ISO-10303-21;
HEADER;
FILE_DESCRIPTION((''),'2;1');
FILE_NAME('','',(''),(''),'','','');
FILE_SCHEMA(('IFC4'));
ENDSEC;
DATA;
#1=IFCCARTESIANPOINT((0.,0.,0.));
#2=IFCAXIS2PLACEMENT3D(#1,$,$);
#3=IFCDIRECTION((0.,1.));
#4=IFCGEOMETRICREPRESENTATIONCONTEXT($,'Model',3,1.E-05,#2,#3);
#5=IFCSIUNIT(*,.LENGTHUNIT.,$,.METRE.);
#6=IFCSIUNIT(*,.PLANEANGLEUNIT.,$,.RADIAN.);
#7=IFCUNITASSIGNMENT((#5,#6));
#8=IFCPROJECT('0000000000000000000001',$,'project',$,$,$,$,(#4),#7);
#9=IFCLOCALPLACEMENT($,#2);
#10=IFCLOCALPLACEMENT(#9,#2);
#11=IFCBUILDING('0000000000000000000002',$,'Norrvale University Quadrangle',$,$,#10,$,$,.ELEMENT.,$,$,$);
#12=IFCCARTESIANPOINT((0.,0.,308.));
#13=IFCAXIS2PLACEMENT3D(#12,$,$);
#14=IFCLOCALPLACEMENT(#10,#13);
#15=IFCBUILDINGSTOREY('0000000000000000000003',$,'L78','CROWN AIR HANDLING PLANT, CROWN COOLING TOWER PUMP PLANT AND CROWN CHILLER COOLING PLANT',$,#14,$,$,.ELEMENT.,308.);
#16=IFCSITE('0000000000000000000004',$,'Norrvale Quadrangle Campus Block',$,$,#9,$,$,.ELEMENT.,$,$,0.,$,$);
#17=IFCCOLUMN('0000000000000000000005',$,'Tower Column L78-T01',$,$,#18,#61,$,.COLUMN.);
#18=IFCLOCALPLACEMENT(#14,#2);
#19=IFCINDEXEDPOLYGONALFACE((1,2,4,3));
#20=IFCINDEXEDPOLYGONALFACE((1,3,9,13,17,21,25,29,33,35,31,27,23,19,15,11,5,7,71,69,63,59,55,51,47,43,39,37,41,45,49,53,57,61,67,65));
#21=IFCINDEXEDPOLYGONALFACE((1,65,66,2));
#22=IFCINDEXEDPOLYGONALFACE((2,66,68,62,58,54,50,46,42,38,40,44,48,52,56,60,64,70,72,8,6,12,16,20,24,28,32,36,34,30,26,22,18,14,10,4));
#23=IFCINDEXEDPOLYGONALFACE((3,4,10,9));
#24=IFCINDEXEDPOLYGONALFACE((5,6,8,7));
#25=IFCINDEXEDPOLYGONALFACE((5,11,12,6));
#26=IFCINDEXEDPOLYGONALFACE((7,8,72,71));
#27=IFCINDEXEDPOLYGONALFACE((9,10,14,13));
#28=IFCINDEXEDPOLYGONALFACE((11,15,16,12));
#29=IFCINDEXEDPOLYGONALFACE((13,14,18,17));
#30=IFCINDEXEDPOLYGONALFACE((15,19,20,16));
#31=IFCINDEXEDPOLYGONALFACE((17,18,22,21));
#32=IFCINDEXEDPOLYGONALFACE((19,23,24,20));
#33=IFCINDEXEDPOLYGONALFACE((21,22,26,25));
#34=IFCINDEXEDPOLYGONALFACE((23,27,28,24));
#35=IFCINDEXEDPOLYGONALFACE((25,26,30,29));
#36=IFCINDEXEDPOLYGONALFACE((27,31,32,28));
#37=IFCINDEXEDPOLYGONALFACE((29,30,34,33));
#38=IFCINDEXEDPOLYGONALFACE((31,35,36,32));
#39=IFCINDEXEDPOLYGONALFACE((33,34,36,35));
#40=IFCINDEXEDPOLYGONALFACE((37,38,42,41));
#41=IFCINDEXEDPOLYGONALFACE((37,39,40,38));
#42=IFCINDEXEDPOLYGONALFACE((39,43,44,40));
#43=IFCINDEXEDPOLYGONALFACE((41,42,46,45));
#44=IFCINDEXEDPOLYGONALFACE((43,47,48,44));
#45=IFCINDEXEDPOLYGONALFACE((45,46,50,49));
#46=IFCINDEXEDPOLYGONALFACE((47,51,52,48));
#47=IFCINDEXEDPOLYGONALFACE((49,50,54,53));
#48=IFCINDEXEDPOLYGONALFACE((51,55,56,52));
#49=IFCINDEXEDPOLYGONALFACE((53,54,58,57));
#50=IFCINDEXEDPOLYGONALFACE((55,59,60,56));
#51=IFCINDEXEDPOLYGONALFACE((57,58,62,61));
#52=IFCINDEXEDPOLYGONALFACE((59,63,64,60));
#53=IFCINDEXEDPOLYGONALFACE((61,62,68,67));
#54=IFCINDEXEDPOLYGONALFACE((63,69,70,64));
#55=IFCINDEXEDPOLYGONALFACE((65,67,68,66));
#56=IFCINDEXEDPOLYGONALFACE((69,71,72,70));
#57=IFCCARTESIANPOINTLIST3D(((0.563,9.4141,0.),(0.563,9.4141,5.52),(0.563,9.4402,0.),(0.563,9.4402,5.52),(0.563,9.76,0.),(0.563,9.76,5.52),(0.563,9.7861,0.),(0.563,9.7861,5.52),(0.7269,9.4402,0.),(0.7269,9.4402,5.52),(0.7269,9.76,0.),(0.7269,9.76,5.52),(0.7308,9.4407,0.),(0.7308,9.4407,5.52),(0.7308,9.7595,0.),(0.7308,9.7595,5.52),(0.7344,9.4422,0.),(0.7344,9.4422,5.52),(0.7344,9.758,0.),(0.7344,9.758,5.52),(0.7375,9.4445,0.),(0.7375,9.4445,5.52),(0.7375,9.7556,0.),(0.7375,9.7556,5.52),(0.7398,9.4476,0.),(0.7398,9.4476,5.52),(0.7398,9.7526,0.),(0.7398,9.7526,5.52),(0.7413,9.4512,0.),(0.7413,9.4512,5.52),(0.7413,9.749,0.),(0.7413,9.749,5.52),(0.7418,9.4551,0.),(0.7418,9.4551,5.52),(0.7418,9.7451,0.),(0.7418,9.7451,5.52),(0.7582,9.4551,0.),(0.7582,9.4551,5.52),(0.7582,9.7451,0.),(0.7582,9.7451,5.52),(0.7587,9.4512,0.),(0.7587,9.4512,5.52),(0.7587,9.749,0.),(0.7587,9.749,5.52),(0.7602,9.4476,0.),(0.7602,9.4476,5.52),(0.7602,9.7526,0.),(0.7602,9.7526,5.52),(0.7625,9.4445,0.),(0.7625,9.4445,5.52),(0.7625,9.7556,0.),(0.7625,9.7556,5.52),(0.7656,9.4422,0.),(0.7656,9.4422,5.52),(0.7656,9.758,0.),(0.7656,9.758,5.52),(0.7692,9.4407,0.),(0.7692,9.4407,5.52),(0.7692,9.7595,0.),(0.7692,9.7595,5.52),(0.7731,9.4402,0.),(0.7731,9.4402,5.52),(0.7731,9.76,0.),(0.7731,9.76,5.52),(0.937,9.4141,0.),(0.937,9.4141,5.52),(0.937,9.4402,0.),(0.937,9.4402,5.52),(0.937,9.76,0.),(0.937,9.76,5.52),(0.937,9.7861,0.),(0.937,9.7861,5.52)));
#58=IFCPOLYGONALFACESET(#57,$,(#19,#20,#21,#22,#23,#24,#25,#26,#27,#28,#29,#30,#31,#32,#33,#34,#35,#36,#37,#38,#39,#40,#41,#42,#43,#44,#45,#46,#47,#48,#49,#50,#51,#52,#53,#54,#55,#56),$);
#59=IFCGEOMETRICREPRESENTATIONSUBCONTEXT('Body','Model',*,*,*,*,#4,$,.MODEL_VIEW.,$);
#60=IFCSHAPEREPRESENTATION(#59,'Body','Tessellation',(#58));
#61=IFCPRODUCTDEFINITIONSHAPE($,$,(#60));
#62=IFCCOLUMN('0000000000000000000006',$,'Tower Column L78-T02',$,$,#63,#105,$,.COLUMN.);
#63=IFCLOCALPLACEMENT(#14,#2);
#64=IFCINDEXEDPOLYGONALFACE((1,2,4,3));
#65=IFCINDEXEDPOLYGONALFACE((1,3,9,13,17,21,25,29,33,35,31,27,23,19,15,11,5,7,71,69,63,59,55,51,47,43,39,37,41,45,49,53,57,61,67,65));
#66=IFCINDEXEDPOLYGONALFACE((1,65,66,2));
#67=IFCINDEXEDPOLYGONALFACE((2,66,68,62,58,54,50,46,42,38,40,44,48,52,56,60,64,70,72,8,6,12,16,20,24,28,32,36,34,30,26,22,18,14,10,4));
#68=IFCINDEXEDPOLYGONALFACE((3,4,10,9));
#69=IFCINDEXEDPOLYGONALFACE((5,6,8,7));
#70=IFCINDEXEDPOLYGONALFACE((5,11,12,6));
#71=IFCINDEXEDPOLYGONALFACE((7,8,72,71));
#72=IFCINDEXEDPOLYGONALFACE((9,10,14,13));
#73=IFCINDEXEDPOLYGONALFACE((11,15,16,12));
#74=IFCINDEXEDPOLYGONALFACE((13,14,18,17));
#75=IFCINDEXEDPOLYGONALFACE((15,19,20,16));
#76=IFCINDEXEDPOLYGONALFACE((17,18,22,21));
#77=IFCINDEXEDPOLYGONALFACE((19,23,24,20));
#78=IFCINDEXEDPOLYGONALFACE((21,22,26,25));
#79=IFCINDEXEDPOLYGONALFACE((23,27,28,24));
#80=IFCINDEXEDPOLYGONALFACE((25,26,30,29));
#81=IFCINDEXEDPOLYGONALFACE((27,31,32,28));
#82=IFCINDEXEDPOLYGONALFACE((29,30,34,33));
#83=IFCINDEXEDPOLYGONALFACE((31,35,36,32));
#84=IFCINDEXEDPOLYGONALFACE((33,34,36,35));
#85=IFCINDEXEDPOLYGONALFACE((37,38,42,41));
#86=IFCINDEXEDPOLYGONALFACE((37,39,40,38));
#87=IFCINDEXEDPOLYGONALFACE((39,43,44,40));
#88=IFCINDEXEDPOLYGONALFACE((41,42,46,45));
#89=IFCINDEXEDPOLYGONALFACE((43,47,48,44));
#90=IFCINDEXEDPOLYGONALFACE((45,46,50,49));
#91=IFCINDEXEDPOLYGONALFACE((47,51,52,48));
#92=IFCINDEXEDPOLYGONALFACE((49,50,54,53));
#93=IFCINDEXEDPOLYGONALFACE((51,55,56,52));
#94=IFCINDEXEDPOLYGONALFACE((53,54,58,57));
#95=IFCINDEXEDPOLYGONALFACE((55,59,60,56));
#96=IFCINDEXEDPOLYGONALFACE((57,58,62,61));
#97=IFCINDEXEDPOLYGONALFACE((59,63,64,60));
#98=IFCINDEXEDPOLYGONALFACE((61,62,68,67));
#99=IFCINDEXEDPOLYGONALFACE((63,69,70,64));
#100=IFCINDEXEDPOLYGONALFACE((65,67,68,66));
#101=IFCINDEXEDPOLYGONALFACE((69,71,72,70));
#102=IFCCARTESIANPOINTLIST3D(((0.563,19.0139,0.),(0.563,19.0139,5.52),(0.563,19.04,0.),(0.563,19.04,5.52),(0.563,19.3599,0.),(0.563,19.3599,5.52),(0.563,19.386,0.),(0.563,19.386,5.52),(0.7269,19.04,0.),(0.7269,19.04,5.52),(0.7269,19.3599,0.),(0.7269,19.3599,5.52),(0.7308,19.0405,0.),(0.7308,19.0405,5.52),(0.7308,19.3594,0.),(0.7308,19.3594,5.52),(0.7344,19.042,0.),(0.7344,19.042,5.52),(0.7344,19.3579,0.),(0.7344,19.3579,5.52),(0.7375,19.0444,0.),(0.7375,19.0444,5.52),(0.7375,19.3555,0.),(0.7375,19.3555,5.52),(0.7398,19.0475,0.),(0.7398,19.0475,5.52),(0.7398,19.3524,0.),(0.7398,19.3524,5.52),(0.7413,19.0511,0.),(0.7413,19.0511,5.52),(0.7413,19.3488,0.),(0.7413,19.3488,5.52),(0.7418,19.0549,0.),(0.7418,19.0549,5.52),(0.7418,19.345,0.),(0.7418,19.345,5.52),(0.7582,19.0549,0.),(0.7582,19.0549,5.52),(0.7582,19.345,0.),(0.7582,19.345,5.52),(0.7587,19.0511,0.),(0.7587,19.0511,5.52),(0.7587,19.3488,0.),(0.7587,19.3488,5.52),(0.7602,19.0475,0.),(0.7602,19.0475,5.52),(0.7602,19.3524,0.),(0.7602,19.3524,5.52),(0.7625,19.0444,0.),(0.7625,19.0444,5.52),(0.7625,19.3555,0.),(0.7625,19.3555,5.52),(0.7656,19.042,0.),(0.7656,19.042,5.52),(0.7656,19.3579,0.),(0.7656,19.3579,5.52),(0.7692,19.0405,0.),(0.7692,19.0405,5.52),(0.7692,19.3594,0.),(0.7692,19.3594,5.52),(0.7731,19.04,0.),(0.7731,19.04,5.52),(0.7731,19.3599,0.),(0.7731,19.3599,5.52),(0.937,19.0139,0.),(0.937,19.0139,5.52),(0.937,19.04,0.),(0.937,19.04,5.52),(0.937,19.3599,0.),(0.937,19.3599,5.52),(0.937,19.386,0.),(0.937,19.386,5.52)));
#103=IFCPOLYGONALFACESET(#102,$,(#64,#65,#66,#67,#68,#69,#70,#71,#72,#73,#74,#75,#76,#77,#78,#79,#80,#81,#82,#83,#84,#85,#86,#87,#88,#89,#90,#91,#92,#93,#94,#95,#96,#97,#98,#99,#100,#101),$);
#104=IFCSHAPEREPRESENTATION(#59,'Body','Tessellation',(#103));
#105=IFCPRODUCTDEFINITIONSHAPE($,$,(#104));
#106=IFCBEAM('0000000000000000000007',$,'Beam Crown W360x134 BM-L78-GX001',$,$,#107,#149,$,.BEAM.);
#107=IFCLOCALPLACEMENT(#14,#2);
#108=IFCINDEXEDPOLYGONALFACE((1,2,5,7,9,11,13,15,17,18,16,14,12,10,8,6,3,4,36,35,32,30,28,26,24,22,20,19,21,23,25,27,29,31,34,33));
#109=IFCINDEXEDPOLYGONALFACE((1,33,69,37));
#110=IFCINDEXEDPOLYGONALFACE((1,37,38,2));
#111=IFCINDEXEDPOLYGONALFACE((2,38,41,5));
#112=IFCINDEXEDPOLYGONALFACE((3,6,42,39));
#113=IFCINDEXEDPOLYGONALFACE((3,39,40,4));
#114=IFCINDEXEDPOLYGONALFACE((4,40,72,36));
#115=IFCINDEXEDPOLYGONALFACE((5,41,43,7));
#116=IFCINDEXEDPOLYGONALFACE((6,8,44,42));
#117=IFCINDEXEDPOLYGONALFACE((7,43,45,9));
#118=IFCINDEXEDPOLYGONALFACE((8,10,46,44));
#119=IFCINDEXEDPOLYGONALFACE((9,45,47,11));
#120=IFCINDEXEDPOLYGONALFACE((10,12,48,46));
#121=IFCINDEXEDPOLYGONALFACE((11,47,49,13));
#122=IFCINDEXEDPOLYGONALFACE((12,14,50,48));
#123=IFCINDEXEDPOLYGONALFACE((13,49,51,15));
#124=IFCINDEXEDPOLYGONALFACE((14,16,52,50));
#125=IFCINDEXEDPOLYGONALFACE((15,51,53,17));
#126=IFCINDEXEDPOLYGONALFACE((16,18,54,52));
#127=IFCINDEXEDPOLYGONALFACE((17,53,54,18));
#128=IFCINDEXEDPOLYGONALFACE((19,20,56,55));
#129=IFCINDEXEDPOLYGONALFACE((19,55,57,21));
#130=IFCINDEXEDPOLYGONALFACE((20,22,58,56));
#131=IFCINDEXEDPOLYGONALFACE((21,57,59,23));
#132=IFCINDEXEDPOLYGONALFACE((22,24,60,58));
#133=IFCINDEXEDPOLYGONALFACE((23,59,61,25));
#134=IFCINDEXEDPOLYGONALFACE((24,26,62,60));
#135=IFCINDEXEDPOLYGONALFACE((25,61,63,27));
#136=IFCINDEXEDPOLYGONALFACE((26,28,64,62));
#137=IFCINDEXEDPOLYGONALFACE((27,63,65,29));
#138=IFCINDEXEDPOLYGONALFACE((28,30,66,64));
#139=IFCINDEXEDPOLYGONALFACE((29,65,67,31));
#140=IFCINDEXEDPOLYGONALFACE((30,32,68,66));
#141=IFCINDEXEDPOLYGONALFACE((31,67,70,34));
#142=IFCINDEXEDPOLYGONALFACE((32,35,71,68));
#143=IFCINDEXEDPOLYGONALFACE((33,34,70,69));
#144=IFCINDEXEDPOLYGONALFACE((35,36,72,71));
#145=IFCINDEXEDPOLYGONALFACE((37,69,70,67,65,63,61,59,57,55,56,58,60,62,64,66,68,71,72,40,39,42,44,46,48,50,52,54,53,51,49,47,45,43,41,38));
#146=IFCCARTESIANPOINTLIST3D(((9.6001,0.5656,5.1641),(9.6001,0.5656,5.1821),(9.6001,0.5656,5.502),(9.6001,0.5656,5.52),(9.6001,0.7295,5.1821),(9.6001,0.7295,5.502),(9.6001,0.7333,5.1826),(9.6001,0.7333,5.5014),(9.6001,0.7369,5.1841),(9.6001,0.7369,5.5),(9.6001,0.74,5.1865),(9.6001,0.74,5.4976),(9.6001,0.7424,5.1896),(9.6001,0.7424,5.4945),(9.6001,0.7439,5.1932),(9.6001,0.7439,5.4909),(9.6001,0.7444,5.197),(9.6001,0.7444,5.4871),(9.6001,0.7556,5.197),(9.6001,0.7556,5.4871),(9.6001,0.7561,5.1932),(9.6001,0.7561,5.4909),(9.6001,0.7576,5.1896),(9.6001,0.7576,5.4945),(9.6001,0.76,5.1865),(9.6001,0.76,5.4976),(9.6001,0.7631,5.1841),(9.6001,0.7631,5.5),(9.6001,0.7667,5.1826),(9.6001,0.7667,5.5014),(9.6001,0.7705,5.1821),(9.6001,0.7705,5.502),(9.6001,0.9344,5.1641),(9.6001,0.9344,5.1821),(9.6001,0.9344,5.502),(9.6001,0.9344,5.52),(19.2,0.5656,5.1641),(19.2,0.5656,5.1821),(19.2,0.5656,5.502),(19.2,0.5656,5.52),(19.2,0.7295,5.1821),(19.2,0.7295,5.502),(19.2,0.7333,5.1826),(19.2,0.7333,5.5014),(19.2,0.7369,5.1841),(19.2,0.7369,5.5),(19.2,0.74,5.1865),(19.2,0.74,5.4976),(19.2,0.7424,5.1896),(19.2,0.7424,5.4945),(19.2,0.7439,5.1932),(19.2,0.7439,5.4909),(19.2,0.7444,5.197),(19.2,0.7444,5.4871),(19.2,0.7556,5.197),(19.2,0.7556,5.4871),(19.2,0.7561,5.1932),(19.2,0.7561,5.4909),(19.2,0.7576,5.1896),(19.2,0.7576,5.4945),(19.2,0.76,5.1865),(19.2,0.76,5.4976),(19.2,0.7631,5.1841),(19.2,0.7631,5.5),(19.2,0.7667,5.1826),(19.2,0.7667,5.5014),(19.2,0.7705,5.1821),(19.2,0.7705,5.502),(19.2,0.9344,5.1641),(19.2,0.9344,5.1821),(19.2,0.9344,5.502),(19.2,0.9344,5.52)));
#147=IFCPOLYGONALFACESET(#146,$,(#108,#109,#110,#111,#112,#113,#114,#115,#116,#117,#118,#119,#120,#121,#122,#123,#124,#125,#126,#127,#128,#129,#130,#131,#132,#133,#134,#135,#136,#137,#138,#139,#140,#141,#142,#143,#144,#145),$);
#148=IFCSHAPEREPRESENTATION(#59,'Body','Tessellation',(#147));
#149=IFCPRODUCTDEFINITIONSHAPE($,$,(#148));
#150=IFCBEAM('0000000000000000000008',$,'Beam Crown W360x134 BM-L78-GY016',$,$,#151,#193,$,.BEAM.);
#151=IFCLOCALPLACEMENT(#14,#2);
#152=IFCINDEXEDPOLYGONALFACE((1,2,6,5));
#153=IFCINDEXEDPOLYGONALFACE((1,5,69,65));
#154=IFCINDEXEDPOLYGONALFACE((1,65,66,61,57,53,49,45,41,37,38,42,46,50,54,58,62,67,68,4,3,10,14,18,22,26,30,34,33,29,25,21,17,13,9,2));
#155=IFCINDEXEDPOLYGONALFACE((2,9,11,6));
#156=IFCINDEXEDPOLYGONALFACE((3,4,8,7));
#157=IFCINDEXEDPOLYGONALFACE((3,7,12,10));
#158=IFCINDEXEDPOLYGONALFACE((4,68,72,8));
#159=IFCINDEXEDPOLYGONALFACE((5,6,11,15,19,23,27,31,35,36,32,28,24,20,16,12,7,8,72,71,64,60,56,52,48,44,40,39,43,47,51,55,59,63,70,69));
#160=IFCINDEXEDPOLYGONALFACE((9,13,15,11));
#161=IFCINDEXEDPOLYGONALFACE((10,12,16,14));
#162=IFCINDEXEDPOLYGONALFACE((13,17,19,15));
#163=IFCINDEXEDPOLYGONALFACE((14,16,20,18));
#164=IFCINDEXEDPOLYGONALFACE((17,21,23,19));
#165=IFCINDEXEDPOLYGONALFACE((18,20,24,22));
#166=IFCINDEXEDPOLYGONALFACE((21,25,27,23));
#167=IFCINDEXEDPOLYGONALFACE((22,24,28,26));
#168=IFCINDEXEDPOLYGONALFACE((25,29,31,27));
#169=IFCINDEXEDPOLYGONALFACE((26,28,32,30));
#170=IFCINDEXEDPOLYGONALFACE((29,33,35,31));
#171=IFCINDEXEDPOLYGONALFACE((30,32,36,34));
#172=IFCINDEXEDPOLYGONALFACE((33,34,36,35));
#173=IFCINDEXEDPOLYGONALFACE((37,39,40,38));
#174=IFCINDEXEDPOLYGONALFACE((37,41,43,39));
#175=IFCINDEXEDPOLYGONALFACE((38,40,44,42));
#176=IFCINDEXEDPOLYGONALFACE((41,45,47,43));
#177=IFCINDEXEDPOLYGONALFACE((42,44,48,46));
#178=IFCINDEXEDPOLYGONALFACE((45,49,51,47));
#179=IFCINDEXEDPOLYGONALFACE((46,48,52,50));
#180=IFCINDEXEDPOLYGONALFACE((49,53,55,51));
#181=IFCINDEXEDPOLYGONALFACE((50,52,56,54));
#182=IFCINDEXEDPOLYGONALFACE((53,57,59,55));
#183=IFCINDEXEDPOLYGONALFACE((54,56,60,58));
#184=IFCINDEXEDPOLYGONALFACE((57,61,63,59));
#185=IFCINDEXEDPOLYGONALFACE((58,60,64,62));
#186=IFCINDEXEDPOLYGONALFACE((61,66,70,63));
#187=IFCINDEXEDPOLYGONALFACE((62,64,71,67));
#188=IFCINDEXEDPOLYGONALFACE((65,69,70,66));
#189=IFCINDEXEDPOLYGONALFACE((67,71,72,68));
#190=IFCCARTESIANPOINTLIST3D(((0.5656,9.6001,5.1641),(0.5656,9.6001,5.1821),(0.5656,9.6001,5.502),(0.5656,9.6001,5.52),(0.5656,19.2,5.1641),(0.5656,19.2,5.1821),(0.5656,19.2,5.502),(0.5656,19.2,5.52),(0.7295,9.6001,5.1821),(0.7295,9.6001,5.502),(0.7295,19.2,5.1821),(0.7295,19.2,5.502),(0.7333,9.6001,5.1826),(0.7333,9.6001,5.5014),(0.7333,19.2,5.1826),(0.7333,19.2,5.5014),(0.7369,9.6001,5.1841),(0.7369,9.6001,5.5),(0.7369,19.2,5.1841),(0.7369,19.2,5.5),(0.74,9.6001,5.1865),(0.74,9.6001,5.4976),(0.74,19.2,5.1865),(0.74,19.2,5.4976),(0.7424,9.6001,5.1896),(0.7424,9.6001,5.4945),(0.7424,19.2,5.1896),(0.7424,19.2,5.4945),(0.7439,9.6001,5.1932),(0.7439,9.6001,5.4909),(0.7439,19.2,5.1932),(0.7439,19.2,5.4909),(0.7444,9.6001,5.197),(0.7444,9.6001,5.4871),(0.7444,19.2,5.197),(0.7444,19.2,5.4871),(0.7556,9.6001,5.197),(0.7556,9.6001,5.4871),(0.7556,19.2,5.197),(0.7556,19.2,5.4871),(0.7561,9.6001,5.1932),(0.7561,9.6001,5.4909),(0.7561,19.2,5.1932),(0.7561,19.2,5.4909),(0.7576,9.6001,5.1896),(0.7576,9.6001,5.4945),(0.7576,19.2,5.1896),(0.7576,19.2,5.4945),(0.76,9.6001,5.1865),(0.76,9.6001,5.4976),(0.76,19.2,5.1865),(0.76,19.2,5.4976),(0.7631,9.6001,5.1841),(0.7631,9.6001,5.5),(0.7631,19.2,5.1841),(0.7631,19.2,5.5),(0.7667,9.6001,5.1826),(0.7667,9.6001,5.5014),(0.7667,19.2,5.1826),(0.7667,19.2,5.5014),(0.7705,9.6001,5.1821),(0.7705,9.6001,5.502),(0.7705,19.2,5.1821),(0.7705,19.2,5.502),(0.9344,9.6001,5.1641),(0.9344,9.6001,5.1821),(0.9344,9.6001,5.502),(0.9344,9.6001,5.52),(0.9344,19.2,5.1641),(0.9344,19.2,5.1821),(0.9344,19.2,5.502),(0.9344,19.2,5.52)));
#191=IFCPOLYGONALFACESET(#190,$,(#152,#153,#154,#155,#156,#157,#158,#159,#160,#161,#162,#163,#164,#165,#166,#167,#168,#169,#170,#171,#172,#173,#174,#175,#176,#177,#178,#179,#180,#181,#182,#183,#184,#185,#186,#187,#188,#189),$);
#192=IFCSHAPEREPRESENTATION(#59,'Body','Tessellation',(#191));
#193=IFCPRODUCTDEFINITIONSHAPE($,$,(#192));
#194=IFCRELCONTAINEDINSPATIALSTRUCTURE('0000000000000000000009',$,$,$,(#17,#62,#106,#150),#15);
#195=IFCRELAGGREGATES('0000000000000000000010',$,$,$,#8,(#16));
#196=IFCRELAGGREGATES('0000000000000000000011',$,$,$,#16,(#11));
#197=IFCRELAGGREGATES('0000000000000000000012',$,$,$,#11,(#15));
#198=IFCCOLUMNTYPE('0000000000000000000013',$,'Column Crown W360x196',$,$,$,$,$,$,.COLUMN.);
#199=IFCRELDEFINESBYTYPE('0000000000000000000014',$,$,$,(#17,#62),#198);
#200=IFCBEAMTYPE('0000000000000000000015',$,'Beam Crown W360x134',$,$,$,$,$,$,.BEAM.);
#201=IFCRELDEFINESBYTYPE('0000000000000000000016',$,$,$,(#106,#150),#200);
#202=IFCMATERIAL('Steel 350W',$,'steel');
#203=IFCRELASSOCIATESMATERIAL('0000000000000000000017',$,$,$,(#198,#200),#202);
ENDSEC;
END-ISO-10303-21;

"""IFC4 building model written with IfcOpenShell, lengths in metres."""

from ifc_helpers import new_model, si_unit, direction, frame, origin, origin_2d, place, context, subcontext, project, spatial, i_section, extrude, material, material_profile, profile_set, type_object, element, save


model = new_model("IFC4")

# Units and contexts
model_context = context("Model", 3, precision=1e-05, world=origin(), true_north=direction((0.0, 1.0)))
body_context = subcontext(model_context, "Body", "Model", "MODEL_VIEW")
ifc_project = project(units=[si_unit("LENGTHUNIT", "METRE"), si_unit("PLANEANGLEUNIT", "RADIAN")], contexts=[model_context])

# Site, building, storey
site_placement = place(None, origin())
site = spatial("IfcSite", under=ifc_project, at=site_placement, Name="Norrvale Quadrangle Campus Block", CompositionType="ELEMENT", RefElevation=0.0)
building_placement = place(site_placement, origin())
building = spatial("IfcBuilding", under=site, at=building_placement, Name="Norrvale University Quadrangle", CompositionType="ELEMENT")
storey_placement = place(building_placement, frame((0.0, 0.0, 308.0)))
storey = spatial("IfcBuildingStorey", under=building, at=storey_placement, Name="L78", Description="CROWN AIR HANDLING PLANT, CROWN COOLING TOWER PUMP PLANT AND CROWN CHILLER COOLING PLANT", CompositionType="ELEMENT", Elevation=308.0)

# Columns
ifc_material_1 = material(Name="Steel 350W", Category="steel")
ifc_material_profile_1 = material_profile(ifc_material_1, i_section(OverallWidth=0.374, OverallDepth=0.3721, WebThickness=0.0164, FlangeThickness=0.0261, FilletRadius=0.0149, at=origin_2d()), Name="Steel 350W")
ifc_profile_set_1 = profile_set([ifc_material_profile_1], Name="Steel 350W")
column_type = type_object("IfcColumnType", Name="Column Crown W360x196", PredefinedType="COLUMN", material=ifc_profile_set_1)
for number, where, z_axis, x_axis, name in (
    (1, (0.75, 9.6001, 0.0), (0.0, 0.0, 1.0), (1.0, 0.0, 0.0), "Tower Column L78-T01"),
    (2, (0.75, 19.2, 0.0), (0.0, 0.0, 1.0), (1.0, 0.0, 0.0), "Tower Column L78-T02"),
):
    element("IfcColumn", number, at=place(storey_placement, frame(where, z_axis=z_axis, x_axis=x_axis)), inside=storey, type_object=column_type, Name=name, PredefinedType="COLUMN", context=body_context, shape_type="SweptSolid", body=[
        extrude(i_section(OverallWidth=0.374, OverallDepth=0.3721, WebThickness=0.0164, FlangeThickness=0.0261, FilletRadius=0.0149, at=origin_2d()), origin(), (0.0, 0.0, 1.0), 5.52),
    ])

# Beams
ifc_material_profile_2 = material_profile(ifc_material_1, i_section(OverallWidth=0.3689, OverallDepth=0.356, WebThickness=0.0112, FlangeThickness=0.0181, FilletRadius=0.0149, at=origin_2d()), Name="Steel 350W")
ifc_profile_set_2 = profile_set([ifc_material_profile_2], Name="Steel 350W")
beam_type_1 = type_object("IfcBeamType", Name="Beam Crown W360x134", PredefinedType="BEAM", material=ifc_profile_set_2)
for number, where, z_axis, x_axis, name in (
    (3, (9.6001, 0.75, 5.342), (1.0, 0.0, 0.0), (0.0, 1.0, 0.0), "Beam Crown W360x134 BM-L78-GX001"),
    (4, (0.75, 9.6001, 5.342), (0.0, 1.0, 0.0), (-1.0, 0.0, 0.0), "Beam Crown W360x134 BM-L78-GY016"),
):
    element("IfcBeam", number, at=place(storey_placement, frame(where, z_axis=z_axis, x_axis=x_axis)), inside=storey, type_object=beam_type_1, Name=name, PredefinedType="BEAM", context=body_context, shape_type="SweptSolid", body=[
        extrude(i_section(OverallWidth=0.3689, OverallDepth=0.356, WebThickness=0.0112, FlangeThickness=0.0181, FilletRadius=0.0149, at=origin_2d()), origin(), (0.0, 0.0, 1.0), 9.5999),
    ])

save(model, "model.ifc")
